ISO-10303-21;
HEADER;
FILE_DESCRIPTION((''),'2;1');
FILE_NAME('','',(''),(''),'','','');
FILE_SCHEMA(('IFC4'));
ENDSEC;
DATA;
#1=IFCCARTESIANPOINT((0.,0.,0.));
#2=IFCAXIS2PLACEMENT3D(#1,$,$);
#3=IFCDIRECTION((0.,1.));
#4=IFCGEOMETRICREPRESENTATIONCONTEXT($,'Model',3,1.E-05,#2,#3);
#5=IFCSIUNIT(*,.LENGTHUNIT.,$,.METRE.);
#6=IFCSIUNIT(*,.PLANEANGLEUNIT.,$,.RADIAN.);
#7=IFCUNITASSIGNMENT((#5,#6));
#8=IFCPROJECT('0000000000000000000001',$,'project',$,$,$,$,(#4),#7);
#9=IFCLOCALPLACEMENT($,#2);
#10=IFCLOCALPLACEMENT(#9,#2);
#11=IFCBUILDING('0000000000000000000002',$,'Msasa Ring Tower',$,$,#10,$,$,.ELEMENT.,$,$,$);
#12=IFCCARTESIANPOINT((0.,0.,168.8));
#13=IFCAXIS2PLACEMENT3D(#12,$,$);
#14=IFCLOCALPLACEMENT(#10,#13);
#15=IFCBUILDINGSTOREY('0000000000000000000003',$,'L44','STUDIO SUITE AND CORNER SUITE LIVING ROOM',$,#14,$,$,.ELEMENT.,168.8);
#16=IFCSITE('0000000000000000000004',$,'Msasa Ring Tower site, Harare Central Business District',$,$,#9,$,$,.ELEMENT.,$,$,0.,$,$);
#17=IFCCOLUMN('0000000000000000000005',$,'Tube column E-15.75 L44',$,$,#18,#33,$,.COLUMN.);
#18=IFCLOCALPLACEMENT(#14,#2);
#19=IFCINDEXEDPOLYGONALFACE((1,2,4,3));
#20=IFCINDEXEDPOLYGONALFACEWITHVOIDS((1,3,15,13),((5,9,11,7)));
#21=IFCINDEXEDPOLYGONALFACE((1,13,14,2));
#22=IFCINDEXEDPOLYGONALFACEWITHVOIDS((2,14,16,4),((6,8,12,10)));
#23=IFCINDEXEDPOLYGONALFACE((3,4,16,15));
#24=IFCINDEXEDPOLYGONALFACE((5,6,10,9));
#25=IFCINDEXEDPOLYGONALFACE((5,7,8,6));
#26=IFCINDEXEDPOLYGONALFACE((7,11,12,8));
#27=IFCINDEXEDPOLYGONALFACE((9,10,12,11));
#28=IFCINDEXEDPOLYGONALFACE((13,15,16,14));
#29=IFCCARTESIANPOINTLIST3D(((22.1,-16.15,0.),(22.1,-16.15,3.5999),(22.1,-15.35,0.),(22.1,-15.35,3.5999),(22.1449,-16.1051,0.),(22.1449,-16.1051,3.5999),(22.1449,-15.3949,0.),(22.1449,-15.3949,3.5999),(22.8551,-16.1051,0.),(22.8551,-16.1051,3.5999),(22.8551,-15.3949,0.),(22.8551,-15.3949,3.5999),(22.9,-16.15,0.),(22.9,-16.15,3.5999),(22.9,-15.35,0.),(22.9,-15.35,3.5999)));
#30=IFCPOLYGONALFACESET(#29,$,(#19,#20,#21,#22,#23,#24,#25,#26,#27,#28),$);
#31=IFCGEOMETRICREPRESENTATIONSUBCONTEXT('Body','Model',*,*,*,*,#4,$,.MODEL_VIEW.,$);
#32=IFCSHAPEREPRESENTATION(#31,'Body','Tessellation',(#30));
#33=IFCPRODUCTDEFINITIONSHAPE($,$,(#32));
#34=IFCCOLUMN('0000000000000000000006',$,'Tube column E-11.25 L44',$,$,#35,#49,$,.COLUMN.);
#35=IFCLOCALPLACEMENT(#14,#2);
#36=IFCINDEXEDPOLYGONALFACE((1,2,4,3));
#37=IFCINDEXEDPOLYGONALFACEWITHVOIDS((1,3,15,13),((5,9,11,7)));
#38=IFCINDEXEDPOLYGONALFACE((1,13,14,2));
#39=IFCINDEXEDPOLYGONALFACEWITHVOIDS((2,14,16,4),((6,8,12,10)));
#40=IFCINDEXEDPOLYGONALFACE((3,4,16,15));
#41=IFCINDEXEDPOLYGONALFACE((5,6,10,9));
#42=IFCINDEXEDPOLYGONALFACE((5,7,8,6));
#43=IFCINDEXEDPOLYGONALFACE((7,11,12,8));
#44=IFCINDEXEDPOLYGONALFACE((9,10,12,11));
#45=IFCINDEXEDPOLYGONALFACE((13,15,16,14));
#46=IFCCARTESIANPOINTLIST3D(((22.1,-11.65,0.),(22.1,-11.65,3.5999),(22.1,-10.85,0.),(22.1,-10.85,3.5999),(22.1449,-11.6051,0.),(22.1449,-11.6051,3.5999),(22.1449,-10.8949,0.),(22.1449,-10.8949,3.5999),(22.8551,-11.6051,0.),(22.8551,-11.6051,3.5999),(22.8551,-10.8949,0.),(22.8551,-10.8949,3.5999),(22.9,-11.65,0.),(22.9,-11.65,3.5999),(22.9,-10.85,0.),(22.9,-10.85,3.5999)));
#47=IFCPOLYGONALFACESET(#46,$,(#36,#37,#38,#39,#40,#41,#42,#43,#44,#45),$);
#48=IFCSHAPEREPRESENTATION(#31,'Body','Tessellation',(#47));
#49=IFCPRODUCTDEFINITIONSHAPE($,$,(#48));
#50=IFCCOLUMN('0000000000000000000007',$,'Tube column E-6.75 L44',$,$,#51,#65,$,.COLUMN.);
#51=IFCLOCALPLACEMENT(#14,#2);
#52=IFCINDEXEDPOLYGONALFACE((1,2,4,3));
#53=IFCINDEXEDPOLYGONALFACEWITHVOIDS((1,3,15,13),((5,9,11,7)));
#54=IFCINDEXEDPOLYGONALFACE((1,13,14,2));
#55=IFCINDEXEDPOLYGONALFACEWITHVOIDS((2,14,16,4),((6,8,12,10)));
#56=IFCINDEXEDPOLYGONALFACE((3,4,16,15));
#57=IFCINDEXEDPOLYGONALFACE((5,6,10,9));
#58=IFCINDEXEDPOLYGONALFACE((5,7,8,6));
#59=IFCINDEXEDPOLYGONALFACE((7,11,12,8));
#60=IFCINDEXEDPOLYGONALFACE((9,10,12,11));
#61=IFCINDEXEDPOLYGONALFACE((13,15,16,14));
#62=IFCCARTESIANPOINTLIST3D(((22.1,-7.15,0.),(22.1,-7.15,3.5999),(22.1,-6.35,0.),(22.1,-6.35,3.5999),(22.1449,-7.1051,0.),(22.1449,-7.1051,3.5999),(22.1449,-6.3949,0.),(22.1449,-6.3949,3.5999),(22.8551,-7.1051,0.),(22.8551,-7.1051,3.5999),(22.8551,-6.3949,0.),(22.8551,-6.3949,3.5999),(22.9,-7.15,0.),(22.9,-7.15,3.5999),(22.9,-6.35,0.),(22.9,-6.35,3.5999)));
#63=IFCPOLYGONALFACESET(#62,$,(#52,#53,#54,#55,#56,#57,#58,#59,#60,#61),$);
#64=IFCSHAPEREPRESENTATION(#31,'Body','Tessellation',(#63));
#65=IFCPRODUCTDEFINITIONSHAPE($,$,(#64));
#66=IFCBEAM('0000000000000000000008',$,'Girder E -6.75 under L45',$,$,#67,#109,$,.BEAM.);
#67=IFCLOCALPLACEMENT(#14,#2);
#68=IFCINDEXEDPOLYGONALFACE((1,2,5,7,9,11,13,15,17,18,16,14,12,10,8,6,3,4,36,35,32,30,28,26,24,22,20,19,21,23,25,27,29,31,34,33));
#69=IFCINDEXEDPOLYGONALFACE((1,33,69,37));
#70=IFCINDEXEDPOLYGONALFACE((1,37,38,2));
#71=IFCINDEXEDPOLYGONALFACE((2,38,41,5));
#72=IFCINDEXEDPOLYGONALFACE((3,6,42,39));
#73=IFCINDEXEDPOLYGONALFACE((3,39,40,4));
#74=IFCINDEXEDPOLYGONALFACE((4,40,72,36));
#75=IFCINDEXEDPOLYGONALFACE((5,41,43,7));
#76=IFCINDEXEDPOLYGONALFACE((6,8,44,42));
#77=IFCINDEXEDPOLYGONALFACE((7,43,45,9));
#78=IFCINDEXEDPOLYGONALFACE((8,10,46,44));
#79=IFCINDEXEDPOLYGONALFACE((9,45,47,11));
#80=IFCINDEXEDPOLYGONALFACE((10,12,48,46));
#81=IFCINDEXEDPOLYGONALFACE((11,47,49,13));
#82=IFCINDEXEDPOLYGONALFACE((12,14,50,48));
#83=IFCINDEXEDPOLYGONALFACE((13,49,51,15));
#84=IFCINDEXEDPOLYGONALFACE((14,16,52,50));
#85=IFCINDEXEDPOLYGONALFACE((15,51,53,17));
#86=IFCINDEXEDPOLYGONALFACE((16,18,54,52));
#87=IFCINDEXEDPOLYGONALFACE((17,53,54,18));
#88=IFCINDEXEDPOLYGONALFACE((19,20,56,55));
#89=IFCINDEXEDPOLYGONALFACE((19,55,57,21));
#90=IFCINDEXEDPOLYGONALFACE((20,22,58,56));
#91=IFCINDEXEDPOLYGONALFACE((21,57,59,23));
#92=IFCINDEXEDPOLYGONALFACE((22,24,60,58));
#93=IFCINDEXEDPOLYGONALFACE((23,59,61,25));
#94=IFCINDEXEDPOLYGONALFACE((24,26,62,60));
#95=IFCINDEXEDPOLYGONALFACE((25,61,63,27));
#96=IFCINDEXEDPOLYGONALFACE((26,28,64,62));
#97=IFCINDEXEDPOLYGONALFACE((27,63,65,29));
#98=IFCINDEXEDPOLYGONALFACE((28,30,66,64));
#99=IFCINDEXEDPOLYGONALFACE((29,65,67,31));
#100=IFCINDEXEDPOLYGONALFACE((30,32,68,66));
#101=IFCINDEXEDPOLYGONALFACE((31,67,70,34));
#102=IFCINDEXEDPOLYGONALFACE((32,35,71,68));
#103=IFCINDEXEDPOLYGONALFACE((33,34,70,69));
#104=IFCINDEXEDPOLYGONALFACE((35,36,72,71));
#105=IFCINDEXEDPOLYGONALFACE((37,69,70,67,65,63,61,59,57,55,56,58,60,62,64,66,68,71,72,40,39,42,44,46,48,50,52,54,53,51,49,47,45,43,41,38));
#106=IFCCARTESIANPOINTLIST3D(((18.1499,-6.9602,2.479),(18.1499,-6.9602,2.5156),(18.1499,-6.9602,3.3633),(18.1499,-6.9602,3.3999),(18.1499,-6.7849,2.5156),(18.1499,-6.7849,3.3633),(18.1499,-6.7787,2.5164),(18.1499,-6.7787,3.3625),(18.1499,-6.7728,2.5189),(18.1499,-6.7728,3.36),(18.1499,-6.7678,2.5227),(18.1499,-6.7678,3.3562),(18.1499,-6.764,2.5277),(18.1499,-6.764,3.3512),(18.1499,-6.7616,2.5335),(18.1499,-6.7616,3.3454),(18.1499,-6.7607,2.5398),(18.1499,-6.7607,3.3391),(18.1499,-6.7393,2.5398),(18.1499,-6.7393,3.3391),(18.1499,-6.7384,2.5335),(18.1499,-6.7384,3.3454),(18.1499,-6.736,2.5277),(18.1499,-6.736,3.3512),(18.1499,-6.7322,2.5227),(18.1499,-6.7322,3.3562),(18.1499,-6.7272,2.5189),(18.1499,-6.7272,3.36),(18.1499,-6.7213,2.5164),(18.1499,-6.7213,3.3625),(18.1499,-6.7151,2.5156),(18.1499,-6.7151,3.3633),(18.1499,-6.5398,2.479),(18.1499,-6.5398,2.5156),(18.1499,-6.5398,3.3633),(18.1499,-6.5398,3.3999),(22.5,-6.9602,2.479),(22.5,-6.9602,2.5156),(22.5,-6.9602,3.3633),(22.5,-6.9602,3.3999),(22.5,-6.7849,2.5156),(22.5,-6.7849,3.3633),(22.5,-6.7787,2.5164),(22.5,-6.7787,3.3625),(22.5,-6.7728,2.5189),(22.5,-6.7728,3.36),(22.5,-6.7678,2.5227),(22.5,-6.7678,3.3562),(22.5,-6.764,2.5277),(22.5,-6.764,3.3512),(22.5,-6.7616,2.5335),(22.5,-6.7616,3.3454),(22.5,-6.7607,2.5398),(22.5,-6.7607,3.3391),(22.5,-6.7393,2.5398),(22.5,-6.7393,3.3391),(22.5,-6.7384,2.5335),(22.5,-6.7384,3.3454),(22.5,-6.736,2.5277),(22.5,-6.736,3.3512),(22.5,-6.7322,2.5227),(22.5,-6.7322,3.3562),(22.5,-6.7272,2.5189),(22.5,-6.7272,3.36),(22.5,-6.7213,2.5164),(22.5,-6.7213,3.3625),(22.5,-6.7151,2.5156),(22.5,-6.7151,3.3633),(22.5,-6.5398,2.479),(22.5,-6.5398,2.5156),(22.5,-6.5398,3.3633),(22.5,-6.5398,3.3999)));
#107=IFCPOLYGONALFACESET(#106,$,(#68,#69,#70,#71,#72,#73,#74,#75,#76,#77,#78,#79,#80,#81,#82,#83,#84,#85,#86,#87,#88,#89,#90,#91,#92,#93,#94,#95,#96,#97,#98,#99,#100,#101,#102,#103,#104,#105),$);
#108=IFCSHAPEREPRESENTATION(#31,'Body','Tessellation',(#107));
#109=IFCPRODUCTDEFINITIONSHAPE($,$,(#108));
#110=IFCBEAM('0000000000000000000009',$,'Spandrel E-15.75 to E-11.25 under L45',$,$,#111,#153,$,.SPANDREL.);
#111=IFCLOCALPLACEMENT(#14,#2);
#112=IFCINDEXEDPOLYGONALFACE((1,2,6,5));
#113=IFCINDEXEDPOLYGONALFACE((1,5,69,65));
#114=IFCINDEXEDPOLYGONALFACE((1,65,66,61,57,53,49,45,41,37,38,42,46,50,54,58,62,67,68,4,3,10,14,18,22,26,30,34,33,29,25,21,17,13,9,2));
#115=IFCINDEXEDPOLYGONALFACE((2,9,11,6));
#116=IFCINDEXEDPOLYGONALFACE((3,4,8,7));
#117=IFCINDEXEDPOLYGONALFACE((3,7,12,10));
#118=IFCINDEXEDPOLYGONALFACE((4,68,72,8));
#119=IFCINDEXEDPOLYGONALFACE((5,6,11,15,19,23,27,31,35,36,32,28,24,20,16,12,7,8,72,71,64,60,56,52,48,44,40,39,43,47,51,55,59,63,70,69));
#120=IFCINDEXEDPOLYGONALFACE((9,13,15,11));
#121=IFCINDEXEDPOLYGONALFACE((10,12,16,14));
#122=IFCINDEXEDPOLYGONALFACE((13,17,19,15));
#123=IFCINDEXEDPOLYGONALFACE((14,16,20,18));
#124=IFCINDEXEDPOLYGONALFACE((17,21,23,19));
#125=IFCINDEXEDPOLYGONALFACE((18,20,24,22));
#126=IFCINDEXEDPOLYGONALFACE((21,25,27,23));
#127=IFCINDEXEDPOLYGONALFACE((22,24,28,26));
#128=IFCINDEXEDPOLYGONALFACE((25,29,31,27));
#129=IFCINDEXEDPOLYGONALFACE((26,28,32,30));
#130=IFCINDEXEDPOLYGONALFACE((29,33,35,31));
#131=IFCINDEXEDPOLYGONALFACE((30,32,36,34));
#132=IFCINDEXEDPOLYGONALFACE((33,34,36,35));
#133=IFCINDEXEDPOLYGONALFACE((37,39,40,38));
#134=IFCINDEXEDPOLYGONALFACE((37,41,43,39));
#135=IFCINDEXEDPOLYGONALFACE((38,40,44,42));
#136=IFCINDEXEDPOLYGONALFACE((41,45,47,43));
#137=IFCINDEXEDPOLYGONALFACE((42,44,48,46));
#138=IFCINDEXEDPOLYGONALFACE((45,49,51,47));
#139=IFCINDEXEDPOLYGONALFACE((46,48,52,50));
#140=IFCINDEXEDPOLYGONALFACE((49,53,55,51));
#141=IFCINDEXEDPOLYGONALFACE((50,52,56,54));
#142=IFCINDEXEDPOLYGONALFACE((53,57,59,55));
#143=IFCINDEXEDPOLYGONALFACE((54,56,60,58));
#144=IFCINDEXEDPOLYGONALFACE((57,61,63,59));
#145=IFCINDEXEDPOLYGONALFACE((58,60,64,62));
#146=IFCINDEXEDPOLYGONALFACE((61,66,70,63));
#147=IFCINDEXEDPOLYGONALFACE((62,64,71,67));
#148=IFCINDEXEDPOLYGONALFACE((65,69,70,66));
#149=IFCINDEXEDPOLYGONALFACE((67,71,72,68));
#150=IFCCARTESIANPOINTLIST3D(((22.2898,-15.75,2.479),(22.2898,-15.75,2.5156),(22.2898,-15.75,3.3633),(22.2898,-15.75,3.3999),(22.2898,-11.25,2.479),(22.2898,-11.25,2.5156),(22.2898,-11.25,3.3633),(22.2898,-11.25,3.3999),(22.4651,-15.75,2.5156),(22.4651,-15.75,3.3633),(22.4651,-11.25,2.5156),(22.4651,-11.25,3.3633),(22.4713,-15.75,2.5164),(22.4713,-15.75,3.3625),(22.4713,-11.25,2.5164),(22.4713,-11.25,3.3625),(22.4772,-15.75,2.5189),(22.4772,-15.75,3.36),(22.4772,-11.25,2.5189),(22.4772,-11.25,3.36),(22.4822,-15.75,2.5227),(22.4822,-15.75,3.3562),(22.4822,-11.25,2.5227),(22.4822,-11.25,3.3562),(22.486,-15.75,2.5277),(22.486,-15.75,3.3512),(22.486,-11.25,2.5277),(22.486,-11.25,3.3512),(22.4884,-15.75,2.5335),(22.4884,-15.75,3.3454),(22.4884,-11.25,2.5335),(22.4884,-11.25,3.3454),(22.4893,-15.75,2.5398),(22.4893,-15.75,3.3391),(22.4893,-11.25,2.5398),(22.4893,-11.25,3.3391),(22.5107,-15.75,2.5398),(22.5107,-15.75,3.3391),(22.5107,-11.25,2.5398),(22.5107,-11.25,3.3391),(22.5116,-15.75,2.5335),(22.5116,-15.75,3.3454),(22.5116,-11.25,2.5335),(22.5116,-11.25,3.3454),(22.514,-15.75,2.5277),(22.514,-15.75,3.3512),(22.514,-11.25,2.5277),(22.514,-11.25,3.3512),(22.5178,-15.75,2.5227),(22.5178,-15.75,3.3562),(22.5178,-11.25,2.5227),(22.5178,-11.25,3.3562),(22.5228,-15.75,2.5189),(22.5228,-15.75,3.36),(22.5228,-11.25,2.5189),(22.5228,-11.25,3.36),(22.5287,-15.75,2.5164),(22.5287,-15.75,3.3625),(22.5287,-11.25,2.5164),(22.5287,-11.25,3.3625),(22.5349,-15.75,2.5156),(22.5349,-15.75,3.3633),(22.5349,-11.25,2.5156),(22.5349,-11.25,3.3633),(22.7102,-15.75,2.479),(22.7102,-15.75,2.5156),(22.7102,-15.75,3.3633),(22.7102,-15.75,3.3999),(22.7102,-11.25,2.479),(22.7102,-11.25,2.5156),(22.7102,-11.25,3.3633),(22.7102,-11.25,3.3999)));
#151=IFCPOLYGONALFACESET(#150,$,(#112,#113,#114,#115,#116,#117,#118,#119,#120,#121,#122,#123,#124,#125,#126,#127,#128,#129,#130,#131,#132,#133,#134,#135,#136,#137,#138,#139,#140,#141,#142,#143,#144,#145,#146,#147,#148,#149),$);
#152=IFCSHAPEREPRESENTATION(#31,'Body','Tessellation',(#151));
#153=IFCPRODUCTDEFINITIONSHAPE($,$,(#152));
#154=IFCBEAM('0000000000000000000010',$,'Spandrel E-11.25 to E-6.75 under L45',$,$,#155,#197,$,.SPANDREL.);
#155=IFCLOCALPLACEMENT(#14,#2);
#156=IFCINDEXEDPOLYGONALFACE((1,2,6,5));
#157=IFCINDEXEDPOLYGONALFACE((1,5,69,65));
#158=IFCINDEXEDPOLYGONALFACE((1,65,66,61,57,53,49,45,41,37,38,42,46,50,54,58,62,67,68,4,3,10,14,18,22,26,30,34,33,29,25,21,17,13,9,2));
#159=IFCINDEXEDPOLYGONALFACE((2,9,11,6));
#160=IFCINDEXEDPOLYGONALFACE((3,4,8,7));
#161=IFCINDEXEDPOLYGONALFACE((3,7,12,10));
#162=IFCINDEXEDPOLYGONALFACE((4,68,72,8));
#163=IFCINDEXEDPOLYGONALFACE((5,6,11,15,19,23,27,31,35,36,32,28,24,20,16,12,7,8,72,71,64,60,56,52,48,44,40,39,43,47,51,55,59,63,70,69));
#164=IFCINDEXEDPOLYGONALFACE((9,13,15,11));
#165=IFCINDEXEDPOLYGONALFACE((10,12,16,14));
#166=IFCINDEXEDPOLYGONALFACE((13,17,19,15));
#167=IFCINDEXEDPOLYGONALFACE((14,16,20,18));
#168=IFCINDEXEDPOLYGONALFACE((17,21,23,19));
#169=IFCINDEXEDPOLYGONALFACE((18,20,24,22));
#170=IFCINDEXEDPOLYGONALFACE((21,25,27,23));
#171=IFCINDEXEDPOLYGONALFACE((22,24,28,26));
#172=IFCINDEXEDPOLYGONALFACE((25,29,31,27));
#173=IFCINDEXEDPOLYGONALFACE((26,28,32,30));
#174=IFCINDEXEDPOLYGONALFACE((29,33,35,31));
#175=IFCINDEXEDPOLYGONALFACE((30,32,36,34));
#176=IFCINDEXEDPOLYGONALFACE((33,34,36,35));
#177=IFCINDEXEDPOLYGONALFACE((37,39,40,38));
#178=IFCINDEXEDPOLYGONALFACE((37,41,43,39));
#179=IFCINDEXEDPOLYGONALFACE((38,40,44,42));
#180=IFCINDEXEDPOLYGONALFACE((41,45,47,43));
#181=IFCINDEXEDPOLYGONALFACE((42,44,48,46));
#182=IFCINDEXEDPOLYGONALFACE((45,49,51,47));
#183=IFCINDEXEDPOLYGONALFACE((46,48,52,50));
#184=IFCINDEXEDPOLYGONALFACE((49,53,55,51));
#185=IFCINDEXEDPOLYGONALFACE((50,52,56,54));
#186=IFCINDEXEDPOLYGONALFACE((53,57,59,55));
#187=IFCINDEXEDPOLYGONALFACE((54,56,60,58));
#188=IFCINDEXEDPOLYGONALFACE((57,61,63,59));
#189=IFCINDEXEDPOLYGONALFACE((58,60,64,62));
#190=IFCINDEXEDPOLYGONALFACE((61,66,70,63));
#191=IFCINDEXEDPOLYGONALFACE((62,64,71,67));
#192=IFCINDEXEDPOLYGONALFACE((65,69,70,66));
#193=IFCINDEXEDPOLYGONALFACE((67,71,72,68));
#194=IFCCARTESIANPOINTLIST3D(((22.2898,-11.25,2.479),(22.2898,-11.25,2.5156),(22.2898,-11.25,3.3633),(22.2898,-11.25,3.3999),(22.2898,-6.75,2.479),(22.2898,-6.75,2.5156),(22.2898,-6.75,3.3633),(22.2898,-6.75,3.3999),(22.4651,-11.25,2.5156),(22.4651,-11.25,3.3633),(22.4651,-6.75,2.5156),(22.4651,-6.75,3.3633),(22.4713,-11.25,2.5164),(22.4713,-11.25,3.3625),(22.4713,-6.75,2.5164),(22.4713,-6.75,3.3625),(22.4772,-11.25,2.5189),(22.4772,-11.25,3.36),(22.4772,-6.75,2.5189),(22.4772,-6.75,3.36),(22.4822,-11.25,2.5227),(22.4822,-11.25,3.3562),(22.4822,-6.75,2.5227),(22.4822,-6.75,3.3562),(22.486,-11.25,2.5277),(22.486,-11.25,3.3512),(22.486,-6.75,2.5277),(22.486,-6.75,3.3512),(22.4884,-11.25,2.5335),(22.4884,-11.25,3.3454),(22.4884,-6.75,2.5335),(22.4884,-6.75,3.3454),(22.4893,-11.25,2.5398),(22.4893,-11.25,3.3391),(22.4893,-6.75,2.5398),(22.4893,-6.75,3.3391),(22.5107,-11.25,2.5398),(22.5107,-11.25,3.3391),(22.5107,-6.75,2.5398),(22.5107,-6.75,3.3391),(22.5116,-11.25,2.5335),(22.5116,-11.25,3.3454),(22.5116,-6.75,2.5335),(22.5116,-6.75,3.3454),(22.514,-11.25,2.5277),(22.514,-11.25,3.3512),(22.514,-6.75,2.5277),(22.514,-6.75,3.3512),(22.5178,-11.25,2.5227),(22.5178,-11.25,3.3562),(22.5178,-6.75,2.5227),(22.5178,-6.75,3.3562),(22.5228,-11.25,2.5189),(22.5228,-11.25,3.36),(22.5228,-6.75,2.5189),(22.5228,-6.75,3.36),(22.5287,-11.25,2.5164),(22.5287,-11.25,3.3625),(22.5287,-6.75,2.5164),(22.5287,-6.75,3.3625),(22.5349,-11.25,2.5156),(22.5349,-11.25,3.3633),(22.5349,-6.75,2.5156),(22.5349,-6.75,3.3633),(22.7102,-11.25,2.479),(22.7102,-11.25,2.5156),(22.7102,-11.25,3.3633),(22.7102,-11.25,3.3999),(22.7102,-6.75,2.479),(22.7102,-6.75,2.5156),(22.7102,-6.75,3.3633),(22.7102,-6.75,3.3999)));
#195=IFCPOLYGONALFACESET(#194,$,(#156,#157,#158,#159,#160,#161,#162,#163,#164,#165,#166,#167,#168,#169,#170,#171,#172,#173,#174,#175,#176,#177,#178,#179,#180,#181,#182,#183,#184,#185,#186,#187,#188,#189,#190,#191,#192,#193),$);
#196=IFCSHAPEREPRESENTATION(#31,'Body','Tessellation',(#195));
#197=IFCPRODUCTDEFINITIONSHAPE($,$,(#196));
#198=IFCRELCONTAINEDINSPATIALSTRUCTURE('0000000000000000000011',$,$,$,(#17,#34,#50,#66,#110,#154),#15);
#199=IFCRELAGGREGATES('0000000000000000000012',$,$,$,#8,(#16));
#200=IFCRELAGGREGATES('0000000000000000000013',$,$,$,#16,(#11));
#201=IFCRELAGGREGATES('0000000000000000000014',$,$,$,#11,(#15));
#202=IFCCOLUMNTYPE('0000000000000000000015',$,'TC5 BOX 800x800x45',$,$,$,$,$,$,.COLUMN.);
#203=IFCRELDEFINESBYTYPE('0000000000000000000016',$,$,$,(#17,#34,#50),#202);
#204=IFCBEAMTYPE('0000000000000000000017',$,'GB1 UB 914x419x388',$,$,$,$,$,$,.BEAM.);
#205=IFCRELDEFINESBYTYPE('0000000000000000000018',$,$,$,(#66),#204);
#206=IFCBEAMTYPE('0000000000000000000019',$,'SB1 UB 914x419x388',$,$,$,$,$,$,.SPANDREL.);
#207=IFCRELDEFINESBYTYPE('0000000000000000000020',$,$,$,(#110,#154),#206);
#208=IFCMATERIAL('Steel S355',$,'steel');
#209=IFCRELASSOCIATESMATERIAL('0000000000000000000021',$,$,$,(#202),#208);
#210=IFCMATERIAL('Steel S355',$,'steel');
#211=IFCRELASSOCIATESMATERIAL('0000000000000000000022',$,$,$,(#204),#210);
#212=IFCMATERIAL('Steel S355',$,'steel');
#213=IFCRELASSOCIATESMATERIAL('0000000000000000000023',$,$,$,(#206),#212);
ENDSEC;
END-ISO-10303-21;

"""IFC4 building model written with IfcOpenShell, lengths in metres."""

from ifc_helpers import new_model, si_unit, direction, frame, origin, origin_2d, place, context, subcontext, project, spatial, hollow_rectangle, i_section, extrude, material, material_profile, profile_set, type_object, element, save


model = new_model("IFC4")

# Units and contexts
model_context = context("Model", 3, precision=1e-05, world=origin(), true_north=direction((0.0, 1.0)))
body_context = subcontext(model_context, "Body", "Model", "MODEL_VIEW")
ifc_project = project(units=[si_unit("LENGTHUNIT", "METRE"), si_unit("PLANEANGLEUNIT", "RADIAN")], contexts=[model_context])

# Site, building, storey
site_placement = place(None, origin())
site = spatial("IfcSite", under=ifc_project, at=site_placement, Name="Msasa Ring Tower site, Harare Central Business District", CompositionType="ELEMENT", RefElevation=0.0)
building_placement = place(site_placement, origin())
building = spatial("IfcBuilding", under=site, at=building_placement, Name="Msasa Ring Tower", CompositionType="ELEMENT")
storey_placement = place(building_placement, frame((0.0, 0.0, 168.8)))
storey = spatial("IfcBuildingStorey", under=building, at=storey_placement, Name="L44", Description="STUDIO SUITE AND CORNER SUITE LIVING ROOM", CompositionType="ELEMENT", Elevation=168.8)

# Columns
ifc_material_1 = material(Name="Steel S355", Category="steel")
ifc_material_profile_1 = material_profile(ifc_material_1, hollow_rectangle(XDim=0.8, YDim=0.8, WallThickness=0.0449, at=origin_2d()), Name="BOX 800x800x45")
ifc_profile_set_1 = profile_set([ifc_material_profile_1], Name="Steel S355")
column_type = type_object("IfcColumnType", Name="TC5 BOX 800x800x45", PredefinedType="COLUMN", material=ifc_profile_set_1)
for number, where, z_axis, x_axis, name in (
    (1, (22.5, -15.75, 0.0), (0.0, 0.0, 1.0), (1.0, 0.0, 0.0), "Tube column E-15.75 L44"),
    (2, (22.5, -11.25, 0.0), (0.0, 0.0, 1.0), (1.0, 0.0, 0.0), "Tube column E-11.25 L44"),
    (3, (22.5, -6.75, 0.0), (0.0, 0.0, 1.0), (1.0, 0.0, 0.0), "Tube column E-6.75 L44"),
):
    element("IfcColumn", number, at=place(storey_placement, frame(where, z_axis=z_axis, x_axis=x_axis)), inside=storey, type_object=column_type, Name=name, PredefinedType="COLUMN", context=body_context, shape_type="SweptSolid", body=[
        extrude(hollow_rectangle(XDim=0.8, YDim=0.8, WallThickness=0.0449, at=origin_2d()), origin(), (0.0, 0.0, 1.0), 3.5999),
    ])

# Beams
ifc_material_2 = material(Name="Steel S355", Category="steel")
ifc_material_profile_2 = material_profile(ifc_material_2, i_section(OverallWidth=0.4204, OverallDepth=0.9209, WebThickness=0.0215, FlangeThickness=0.0366, FilletRadius=0.0242, at=origin_2d()), Name="UB 914x419x388")
ifc_profile_set_2 = profile_set([ifc_material_profile_2], Name="Steel S355")
beam_type_1 = type_object("IfcBeamType", Name="GB1 UB 914x419x388", PredefinedType="BEAM", material=ifc_profile_set_2)
beam_placement = place(storey_placement, frame((18.1499, -6.75, 2.9395), z_axis=(1.0, 0.0, 0.0), x_axis=(0.0, 1.0, 0.0)))
element("IfcBeam", 4, at=beam_placement, inside=storey, type_object=beam_type_1, Name="Girder E -6.75 under L45", PredefinedType="BEAM", context=body_context, shape_type="SweptSolid", body=[
    extrude(i_section(OverallWidth=0.4204, OverallDepth=0.9209, WebThickness=0.0215, FlangeThickness=0.0366, FilletRadius=0.0242, at=origin_2d()), origin(), (0.0, 0.0, 1.0), 4.3501),
])
ifc_material_3 = material(Name="Steel S355", Category="steel")
ifc_material_profile_3 = material_profile(ifc_material_3, i_section(OverallWidth=0.4204, OverallDepth=0.9209, WebThickness=0.0215, FlangeThickness=0.0366, FilletRadius=0.0242, at=origin_2d()), Name="UB 914x419x388")
ifc_profile_set_3 = profile_set([ifc_material_profile_3], Name="Steel S355")
beam_type_2 = type_object("IfcBeamType", Name="SB1 UB 914x419x388", PredefinedType="SPANDREL", material=ifc_profile_set_3)
for number, where, z_axis, x_axis, name in (
    (5, (22.5, -15.75, 2.9395), (0.0, 1.0, 0.0), (-1.0, 0.0, 0.0), "Spandrel E-15.75 to E-11.25 under L45"),
    (6, (22.5, -11.25, 2.9395), (0.0, 1.0, 0.0), (-1.0, 0.0, 0.0), "Spandrel E-11.25 to E-6.75 under L45"),
):
    element("IfcBeam", number, at=place(storey_placement, frame(where, z_axis=z_axis, x_axis=x_axis)), inside=storey, type_object=beam_type_2, Name=name, PredefinedType="SPANDREL", context=body_context, shape_type="SweptSolid", body=[
        extrude(i_section(OverallWidth=0.4204, OverallDepth=0.9209, WebThickness=0.0215, FlangeThickness=0.0366, FilletRadius=0.0242, at=origin_2d()), origin(), (0.0, 0.0, 1.0), 4.5),
    ])

save(model, "model.ifc")
